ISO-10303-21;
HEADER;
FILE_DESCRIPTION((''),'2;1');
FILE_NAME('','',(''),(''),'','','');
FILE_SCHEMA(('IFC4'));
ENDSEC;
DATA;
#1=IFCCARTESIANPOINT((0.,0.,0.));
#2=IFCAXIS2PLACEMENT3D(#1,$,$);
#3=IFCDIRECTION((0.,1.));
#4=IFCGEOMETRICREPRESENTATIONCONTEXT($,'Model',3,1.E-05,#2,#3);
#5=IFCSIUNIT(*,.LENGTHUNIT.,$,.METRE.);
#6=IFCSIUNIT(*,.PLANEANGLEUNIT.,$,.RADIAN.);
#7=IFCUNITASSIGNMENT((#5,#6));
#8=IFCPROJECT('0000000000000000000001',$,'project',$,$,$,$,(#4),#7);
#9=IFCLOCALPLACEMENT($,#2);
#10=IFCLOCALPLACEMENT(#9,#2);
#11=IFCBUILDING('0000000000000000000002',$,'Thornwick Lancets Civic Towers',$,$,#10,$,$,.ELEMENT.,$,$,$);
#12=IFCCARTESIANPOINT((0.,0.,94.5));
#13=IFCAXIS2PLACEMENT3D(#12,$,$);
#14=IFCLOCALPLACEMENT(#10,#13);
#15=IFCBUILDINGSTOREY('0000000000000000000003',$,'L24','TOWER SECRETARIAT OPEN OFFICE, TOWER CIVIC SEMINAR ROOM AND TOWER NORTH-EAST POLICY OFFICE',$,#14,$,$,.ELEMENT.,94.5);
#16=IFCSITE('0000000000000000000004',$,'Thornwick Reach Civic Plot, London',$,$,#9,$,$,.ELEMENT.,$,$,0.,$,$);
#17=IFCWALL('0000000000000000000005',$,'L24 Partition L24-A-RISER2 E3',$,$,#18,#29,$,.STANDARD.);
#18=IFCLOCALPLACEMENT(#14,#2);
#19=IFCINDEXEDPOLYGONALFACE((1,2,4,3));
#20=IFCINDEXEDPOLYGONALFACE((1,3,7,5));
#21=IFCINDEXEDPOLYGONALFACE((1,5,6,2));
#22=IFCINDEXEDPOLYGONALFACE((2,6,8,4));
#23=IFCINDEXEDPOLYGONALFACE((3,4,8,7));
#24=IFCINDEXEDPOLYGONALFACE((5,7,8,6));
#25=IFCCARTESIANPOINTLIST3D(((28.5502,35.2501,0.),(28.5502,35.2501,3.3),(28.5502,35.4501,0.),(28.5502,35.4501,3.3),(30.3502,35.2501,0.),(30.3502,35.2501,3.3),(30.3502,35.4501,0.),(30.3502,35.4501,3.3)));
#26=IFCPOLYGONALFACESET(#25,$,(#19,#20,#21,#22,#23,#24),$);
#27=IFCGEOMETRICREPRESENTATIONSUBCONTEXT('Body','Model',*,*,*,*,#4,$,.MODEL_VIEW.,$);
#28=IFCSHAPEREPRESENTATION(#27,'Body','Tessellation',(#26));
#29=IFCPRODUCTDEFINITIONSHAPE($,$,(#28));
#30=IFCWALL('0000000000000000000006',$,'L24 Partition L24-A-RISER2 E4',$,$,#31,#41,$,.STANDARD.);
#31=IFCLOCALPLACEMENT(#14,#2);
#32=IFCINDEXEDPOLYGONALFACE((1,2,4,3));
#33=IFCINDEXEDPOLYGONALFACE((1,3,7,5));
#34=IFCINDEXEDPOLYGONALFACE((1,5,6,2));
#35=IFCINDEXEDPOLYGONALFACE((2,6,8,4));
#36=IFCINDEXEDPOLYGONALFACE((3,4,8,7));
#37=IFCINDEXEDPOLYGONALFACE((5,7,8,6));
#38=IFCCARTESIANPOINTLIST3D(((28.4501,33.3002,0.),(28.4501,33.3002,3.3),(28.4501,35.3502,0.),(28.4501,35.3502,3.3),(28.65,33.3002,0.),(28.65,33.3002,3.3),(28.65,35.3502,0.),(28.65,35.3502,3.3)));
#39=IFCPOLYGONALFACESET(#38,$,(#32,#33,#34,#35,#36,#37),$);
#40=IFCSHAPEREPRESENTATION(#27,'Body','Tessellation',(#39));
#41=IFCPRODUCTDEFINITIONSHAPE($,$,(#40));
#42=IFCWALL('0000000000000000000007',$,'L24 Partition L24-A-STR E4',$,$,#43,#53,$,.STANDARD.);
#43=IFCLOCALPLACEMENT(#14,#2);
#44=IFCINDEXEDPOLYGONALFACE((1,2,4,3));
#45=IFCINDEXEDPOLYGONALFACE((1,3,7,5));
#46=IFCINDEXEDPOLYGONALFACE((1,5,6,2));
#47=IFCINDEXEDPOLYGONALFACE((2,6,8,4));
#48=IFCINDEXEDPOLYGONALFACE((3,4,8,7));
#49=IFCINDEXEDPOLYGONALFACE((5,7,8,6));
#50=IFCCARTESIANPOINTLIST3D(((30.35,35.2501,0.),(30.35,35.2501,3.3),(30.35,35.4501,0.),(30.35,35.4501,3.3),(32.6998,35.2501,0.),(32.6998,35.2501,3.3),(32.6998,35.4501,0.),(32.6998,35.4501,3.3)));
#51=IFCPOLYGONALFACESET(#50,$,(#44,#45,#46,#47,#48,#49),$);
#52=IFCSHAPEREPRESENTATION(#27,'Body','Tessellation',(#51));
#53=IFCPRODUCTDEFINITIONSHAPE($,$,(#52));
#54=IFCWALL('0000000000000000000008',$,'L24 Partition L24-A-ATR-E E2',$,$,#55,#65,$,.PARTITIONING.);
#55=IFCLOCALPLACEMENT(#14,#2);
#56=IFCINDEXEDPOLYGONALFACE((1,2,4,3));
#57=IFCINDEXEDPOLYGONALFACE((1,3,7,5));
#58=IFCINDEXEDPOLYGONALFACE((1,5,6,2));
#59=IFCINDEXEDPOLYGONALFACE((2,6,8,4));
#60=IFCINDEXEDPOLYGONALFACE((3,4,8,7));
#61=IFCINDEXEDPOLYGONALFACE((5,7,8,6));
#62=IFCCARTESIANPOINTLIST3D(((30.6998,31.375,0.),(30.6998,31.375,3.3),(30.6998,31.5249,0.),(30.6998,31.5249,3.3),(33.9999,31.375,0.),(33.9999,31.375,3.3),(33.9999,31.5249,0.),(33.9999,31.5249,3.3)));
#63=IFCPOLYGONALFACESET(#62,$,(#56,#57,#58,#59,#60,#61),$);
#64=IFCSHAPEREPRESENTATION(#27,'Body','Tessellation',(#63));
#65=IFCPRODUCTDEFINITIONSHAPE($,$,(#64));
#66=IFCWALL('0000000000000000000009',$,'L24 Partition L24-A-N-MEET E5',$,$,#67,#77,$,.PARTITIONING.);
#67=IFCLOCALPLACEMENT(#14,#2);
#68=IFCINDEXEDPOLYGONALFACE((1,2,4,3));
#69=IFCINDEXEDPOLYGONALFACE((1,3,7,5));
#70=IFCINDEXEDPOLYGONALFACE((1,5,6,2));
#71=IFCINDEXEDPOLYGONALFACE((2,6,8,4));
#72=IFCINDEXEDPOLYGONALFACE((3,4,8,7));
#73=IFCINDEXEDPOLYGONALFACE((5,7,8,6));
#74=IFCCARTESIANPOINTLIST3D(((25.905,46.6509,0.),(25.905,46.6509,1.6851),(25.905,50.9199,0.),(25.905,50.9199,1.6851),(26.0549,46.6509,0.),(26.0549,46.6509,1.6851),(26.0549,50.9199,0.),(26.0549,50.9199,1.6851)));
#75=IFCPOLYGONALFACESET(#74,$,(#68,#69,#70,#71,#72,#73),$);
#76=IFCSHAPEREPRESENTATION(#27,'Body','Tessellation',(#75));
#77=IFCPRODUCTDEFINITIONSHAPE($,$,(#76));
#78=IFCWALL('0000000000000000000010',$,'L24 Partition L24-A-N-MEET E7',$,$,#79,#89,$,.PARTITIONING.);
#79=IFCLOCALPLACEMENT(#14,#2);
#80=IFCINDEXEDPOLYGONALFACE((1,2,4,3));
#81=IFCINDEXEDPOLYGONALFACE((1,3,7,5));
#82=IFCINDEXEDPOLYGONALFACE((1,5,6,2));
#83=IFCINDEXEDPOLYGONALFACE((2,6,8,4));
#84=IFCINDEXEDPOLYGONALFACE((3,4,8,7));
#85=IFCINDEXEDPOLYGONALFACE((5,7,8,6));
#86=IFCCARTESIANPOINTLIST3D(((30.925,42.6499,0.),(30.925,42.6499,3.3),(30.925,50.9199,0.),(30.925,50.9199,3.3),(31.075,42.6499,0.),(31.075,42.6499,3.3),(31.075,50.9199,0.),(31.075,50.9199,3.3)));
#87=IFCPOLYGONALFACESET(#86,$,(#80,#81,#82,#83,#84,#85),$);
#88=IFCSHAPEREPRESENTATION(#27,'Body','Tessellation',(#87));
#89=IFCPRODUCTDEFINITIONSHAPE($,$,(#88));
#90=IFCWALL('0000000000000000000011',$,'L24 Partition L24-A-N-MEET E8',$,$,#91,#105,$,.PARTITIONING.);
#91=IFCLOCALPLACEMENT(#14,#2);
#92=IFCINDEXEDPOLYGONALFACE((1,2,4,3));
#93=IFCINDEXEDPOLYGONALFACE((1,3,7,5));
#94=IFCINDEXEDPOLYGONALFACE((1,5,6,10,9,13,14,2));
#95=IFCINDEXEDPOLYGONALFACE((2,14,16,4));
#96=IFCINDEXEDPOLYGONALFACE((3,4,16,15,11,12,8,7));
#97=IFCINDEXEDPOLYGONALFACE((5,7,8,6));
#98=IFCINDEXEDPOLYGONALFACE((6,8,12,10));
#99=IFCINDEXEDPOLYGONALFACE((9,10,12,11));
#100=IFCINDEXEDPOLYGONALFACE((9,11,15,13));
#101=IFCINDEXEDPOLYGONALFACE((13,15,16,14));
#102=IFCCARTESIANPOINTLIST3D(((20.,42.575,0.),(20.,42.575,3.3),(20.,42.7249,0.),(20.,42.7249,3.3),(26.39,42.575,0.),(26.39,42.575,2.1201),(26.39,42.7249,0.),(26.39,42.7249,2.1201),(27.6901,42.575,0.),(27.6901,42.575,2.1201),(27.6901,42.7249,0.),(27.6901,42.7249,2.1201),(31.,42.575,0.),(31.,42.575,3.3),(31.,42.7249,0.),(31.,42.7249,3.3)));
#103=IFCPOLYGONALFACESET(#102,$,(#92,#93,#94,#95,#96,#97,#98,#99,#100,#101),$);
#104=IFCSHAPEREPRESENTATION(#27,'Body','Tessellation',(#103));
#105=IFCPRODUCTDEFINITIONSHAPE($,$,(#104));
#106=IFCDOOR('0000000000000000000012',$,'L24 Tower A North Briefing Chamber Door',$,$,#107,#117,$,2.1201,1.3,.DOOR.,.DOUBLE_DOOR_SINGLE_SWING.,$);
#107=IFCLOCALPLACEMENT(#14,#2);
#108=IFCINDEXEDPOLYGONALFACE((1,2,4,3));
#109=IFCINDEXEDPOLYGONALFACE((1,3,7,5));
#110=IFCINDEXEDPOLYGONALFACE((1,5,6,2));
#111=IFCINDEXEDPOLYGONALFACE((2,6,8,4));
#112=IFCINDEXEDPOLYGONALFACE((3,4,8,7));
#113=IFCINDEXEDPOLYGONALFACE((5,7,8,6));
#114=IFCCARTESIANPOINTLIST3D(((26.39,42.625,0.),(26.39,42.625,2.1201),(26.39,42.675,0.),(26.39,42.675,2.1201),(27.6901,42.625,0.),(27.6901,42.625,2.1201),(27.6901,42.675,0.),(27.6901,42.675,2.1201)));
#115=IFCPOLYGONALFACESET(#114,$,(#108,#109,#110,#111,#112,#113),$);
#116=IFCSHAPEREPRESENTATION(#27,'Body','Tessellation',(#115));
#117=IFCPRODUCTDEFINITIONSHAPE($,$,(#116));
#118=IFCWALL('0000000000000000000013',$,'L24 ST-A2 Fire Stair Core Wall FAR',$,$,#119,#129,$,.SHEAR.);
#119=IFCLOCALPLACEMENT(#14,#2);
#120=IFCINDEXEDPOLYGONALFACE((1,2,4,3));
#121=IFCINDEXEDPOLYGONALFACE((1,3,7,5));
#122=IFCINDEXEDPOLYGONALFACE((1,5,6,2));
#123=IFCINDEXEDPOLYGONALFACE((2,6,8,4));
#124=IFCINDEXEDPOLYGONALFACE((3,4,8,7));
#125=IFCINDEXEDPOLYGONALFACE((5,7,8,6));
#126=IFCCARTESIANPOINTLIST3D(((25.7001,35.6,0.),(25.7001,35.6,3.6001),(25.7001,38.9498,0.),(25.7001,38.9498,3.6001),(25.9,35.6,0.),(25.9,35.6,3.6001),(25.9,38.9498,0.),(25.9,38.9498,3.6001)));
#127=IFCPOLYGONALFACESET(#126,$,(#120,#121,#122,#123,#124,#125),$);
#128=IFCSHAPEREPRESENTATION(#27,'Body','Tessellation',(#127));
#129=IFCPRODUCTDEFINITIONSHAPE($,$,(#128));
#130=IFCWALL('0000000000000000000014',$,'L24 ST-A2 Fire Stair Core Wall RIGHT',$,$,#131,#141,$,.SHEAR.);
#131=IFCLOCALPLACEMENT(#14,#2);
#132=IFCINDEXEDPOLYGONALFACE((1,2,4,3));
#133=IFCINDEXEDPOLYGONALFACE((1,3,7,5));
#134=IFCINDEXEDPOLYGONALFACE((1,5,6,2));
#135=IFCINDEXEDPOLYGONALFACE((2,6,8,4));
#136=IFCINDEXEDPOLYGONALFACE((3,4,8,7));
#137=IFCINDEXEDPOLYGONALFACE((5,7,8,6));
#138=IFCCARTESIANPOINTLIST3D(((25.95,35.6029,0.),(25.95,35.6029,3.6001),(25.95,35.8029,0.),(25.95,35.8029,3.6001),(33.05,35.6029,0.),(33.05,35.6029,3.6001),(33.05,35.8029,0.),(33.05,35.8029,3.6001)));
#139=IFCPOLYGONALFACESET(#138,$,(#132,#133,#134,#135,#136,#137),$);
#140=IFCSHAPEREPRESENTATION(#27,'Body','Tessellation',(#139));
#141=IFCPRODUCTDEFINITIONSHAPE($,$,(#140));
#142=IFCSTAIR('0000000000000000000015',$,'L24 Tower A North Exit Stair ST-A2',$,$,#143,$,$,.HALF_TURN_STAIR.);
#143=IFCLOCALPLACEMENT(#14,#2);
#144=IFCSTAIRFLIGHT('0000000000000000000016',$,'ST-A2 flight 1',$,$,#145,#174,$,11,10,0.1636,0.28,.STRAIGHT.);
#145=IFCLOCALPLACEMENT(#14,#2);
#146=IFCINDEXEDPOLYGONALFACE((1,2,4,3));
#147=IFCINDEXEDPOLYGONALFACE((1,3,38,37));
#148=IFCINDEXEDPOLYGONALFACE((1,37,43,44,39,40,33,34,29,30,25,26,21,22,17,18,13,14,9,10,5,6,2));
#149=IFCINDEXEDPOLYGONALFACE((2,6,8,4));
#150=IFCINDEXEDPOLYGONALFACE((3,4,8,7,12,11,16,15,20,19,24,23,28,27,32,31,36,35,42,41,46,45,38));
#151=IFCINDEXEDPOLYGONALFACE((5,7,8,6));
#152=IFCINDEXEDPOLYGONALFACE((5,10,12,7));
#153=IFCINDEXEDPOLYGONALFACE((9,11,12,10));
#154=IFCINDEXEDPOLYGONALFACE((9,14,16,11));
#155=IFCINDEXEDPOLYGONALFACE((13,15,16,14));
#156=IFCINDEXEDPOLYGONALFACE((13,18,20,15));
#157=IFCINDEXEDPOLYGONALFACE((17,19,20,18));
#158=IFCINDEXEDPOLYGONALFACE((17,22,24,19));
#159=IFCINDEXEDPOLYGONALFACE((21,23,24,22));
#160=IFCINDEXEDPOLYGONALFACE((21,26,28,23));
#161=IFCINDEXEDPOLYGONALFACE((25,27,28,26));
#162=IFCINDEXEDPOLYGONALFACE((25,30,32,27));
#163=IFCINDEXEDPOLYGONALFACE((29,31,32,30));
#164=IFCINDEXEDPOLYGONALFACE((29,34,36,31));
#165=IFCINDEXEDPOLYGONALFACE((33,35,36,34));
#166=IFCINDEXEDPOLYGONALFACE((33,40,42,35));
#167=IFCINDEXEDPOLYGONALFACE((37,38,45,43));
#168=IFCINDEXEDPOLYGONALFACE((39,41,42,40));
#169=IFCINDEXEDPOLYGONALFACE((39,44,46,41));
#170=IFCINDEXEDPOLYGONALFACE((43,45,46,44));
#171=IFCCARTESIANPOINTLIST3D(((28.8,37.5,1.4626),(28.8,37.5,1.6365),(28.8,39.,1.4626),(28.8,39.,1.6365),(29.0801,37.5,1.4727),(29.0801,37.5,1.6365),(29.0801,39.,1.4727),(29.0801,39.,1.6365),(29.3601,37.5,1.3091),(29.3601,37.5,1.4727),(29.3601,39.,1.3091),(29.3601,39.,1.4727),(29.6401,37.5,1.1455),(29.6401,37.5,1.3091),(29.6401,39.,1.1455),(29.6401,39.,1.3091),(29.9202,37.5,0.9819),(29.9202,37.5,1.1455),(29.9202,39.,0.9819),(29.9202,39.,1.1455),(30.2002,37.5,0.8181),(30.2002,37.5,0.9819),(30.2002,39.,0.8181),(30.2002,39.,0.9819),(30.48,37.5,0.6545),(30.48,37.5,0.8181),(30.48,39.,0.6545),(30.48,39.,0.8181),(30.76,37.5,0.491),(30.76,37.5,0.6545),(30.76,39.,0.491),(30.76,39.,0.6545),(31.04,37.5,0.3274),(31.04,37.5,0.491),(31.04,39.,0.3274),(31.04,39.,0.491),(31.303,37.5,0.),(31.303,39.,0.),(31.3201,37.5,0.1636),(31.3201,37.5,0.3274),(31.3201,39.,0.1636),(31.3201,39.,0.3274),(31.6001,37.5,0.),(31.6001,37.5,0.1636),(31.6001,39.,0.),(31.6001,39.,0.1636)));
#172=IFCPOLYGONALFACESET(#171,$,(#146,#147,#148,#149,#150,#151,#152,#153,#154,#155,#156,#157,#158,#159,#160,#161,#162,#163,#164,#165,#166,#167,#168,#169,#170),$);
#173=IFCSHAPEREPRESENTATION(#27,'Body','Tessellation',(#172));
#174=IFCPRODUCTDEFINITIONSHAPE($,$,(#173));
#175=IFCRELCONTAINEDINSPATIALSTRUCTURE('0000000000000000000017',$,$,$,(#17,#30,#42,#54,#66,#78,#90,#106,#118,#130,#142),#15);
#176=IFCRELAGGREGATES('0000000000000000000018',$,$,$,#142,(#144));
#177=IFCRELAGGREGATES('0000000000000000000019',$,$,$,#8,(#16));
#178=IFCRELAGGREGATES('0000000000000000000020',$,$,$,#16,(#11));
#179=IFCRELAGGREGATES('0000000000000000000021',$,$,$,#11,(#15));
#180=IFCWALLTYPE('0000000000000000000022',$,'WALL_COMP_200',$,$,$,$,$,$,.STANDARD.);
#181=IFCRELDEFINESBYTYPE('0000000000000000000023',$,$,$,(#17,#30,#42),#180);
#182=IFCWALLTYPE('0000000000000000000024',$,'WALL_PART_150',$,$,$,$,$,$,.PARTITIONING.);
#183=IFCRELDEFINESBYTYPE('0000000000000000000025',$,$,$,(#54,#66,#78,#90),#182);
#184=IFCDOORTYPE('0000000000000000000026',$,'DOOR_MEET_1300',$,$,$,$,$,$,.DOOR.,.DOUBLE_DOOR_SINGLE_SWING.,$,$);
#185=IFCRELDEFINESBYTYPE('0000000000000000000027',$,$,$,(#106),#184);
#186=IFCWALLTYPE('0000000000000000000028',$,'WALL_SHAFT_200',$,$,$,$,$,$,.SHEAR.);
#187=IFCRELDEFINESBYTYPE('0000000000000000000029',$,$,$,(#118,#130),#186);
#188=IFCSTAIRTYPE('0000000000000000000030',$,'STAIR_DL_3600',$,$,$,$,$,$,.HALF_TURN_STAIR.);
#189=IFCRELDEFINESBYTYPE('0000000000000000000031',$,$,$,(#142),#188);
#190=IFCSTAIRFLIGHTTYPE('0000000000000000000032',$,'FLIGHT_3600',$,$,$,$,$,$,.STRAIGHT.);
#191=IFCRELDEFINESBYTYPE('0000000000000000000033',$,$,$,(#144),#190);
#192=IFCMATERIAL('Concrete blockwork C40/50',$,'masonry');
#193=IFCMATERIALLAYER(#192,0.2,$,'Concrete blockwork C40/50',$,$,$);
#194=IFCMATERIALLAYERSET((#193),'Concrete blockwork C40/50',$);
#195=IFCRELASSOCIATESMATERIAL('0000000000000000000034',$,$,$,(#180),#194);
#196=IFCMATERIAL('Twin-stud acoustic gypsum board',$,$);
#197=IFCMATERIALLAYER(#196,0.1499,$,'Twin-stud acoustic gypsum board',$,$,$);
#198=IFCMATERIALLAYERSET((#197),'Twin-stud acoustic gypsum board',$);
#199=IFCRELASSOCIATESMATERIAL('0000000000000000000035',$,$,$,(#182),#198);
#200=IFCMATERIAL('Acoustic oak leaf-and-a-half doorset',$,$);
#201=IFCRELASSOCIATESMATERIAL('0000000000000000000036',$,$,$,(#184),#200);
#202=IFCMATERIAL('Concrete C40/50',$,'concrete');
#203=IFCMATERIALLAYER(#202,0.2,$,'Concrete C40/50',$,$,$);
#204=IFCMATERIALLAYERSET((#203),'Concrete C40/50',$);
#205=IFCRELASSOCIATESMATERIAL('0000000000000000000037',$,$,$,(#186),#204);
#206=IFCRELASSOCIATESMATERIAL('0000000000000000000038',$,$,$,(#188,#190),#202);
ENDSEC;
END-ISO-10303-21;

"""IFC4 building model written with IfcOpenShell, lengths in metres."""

from ifc_helpers import new_model, si_unit, direction, frame, frame_2d, origin, place, context, subcontext, project, spatial, polyline, rectangle, outline, extrude, material, layer, layer_set, type_object, element, fill, aggregate, save


model = new_model("IFC4")

# Units and contexts
model_context = context("Model", 3, precision=1e-05, world=origin(), true_north=direction((0.0, 1.0)))
body_context = subcontext(model_context, "Body", "Model", "MODEL_VIEW")
ifc_project = project(units=[si_unit("LENGTHUNIT", "METRE"), si_unit("PLANEANGLEUNIT", "RADIAN")], contexts=[model_context])

# Site, building, storey
site_placement = place(None, origin())
site = spatial("IfcSite", under=ifc_project, at=site_placement, Name="Thornwick Reach Civic Plot, London", CompositionType="ELEMENT", RefElevation=0.0)
building_placement = place(site_placement, origin())
building = spatial("IfcBuilding", under=site, at=building_placement, Name="Thornwick Lancets Civic Towers", CompositionType="ELEMENT")
storey_placement = place(building_placement, frame((0.0, 0.0, 94.5)))
storey = spatial("IfcBuildingStorey", under=building, at=storey_placement, Name="L24", Description="TOWER SECRETARIAT OPEN OFFICE, TOWER CIVIC SEMINAR ROOM AND TOWER NORTH-EAST POLICY OFFICE", CompositionType="ELEMENT", Elevation=94.5)

# Shared definitions
ifc_material_1 = material(Name="Concrete C40/50", Category="concrete")

# Shared definitions
ifc_material_2 = material(Name="Concrete blockwork C40/50", Category="masonry")
ifc_layer_1 = layer(ifc_material_2, 0.2, Name="Concrete blockwork C40/50")
ifc_layer_set_1 = layer_set([ifc_layer_1], Name="Concrete blockwork C40/50")
wall_type_1 = type_object("IfcWallType", Name="WALL_COMP_200", PredefinedType="STANDARD", material=ifc_layer_set_1)

# Walls
wall_1_placement = place(storey_placement, frame((30.3501, 35.3501, 0.0), z_axis=(0.0, 0.0, 1.0), x_axis=(-1.0, 0.0, 0.0)))
element("IfcWall", 1, at=wall_1_placement, inside=storey, type_object=wall_type_1, Name="L24 Partition L24-A-RISER2 E3", PredefinedType="STANDARD", context=body_context, shape_type="SweptSolid", body=[
    extrude(rectangle(XDim=1.8, YDim=0.2, at=frame_2d((0.8999, 0.0))), origin(), (0.0, 0.0, 1.0), 3.3),
])
wall_2_placement = place(storey_placement, frame((28.55, 35.3501, 0.0), z_axis=(0.0, 0.0, 1.0), x_axis=(0.0, -1.0, 0.0)))
element("IfcWall", 2, at=wall_2_placement, inside=storey, type_object=wall_type_1, Name="L24 Partition L24-A-RISER2 E4", PredefinedType="STANDARD", context=body_context, shape_type="SweptSolid", body=[
    extrude(rectangle(XDim=2.05, YDim=0.2, at=frame_2d((1.0249, 0.0))), origin(), (0.0, 0.0, 1.0), 3.3),
])
wall_3_placement = place(storey_placement, frame((30.3501, 35.3501, 0.0), z_axis=(0.0, 0.0, 1.0), x_axis=(1.0, 0.0, 0.0)))
element("IfcWall", 3, at=wall_3_placement, inside=storey, type_object=wall_type_1, Name="L24 Partition L24-A-STR E4", PredefinedType="STANDARD", context=body_context, shape_type="SweptSolid", body=[
    extrude(rectangle(XDim=2.3499, YDim=0.2, at=frame_2d((1.1748, 0.0))), origin(), (0.0, 0.0, 1.0), 3.3),
])
ifc_material_3 = material(Name="Twin-stud acoustic gypsum board")
ifc_layer_2 = layer(ifc_material_3, 0.1499, Name="Twin-stud acoustic gypsum board")
ifc_layer_set_2 = layer_set([ifc_layer_2], Name="Twin-stud acoustic gypsum board")
wall_type_2 = type_object("IfcWallType", Name="WALL_PART_150", PredefinedType="PARTITIONING", material=ifc_layer_set_2)
wall_4_placement = place(storey_placement, frame((30.7, 31.45, 0.0), z_axis=(0.0, 0.0, 1.0), x_axis=(1.0, 0.0, 0.0)))
element("IfcWall", 4, at=wall_4_placement, inside=storey, type_object=wall_type_2, Name="L24 Partition L24-A-ATR-E E2", PredefinedType="PARTITIONING", context=body_context, shape_type="SweptSolid", body=[
    extrude(rectangle(XDim=3.3, YDim=0.1499, at=frame_2d((1.6499, 0.0))), origin(), (0.0, 0.0, 1.0), 3.3),
])
wall_5_placement = place(storey_placement, frame((25.98, 46.6509, 0.0), z_axis=(0.0, 0.0, 1.0), x_axis=(0.0, 1.0, 0.0)))
element("IfcWall", 5, at=wall_5_placement, inside=storey, type_object=wall_type_2, Name="L24 Partition L24-A-N-MEET E5", PredefinedType="PARTITIONING", context=body_context, shape_type="SweptSolid", body=[
    extrude(rectangle(XDim=4.269, YDim=0.1499, at=frame_2d((2.1345, 0.0))), origin(), (0.0, 0.0, 1.0), 1.6851),
])
wall_6_placement = place(storey_placement, frame((31.0, 50.9199, 0.0), z_axis=(0.0, 0.0, 1.0), x_axis=(0.0, -1.0, 0.0)))
element("IfcWall", 6, at=wall_6_placement, inside=storey, type_object=wall_type_2, Name="L24 Partition L24-A-N-MEET E7", PredefinedType="PARTITIONING", context=body_context, shape_type="SweptSolid", body=[
    extrude(rectangle(XDim=8.27, YDim=0.1499, at=frame_2d((4.135, 0.0))), origin(), (0.0, 0.0, 1.0), 3.3),
])

# Wall, opening, door
wall_7_placement = place(storey_placement, frame((31.0, 42.6499, 0.0), z_axis=(0.0, 0.0, 1.0), x_axis=(-1.0, 0.0, 0.0)))
wall_7 = element("IfcWall", 7, at=wall_7_placement, inside=storey, type_object=wall_type_2, Name="L24 Partition L24-A-N-MEET E8", PredefinedType="PARTITIONING", context=body_context, shape_type="SweptSolid", body=[
    extrude(rectangle(XDim=11.0, YDim=0.1499, at=frame_2d((5.5, 0.0))), origin(), (0.0, 0.0, 1.0), 3.3),
])
opening_1_placement = place(wall_7_placement, frame((3.3101, 0.0, 0.0)))
opening_1 = element("IfcOpeningElement", 8, at=opening_1_placement, cuts=wall_7, PredefinedType="OPENING", context=body_context, shape_type="SweptSolid", body=[
    extrude(rectangle(XDim=1.3, YDim=2.1201, at=frame_2d((0.6499, 1.0601))), frame((0.0, 0.085, 0.0), z_axis=(0.0, -1.0, 0.0), x_axis=(1.0, 0.0, 0.0)), (0.0, 0.0, 1.0), 0.1699),
])
ifc_material_4 = material(Name="Acoustic oak leaf-and-a-half doorset")
door_type_1 = type_object("IfcDoorType", Name="DOOR_MEET_1300", OperationType="DOUBLE_DOOR_SINGLE_SWING", PredefinedType="DOOR", material=ifc_material_4)
door_1_placement = place(opening_1_placement, origin())
door_1 = element("IfcDoor", 9, at=door_1_placement, inside=storey, type_object=door_type_1, Name="L24 Tower A North Briefing Chamber Door", OperationType="DOUBLE_DOOR_SINGLE_SWING", OverallHeight=2.1201, OverallWidth=1.3, PredefinedType="DOOR", context=body_context, shape_type="SweptSolid", body=[
    extrude(rectangle(XDim=1.3, YDim=2.1201, at=frame_2d((0.6499, 1.0601))), frame((0.0, 0.0249, 0.0), z_axis=(0.0, -1.0, 0.0), x_axis=(1.0, 0.0, 0.0)), (0.0, 0.0, 1.0), 0.05),
])
fill(opening_1, door_1)

# Walls
ifc_layer_3 = layer(ifc_material_1, 0.2, Name="Concrete C40/50")
ifc_layer_set_3 = layer_set([ifc_layer_3], Name="Concrete C40/50")
wall_type_3 = type_object("IfcWallType", Name="WALL_SHAFT_200", PredefinedType="SHEAR", material=ifc_layer_set_3)
wall_8_placement = place(storey_placement, frame((25.8, 35.6001, 0.0), z_axis=(0.0, 0.0, 1.0), x_axis=(0.0, 1.0, 0.0)))
element("IfcWall", 10, at=wall_8_placement, inside=storey, type_object=wall_type_3, Name="L24 ST-A2 Fire Stair Core Wall FAR", PredefinedType="SHEAR", context=body_context, shape_type="SweptSolid", body=[
    extrude(rectangle(XDim=3.3499, YDim=0.2, at=frame_2d((1.6748, 0.0))), origin(), (0.0, 0.0, 1.0), 3.6001),
])
wall_9_placement = place(storey_placement, frame((25.95, 35.7029, 0.0), z_axis=(0.0, 0.0, 1.0), x_axis=(1.0, 0.0, 0.0)))
element("IfcWall", 11, at=wall_9_placement, inside=storey, type_object=wall_type_3, Name="L24 ST-A2 Fire Stair Core Wall RIGHT", PredefinedType="SHEAR", context=body_context, shape_type="SweptSolid", body=[
    extrude(rectangle(XDim=7.1001, YDim=0.2, at=frame_2d((3.55, 0.0))), origin(), (0.0, 0.0, 1.0), 3.6001),
])

# Stair, stair flight
stair_type = type_object("IfcStairType", Name="STAIR_DL_3600", PredefinedType="HALF_TURN_STAIR", material=ifc_material_1)
stair_placement = place(storey_placement, origin())
stair = element("IfcStair", 12, at=stair_placement, inside=storey, type_object=stair_type, Name="L24 Tower A North Exit Stair ST-A2", PredefinedType="HALF_TURN_STAIR")
stair_flight_type = type_object("IfcStairFlightType", Name="FLIGHT_3600", PredefinedType="STRAIGHT", material=ifc_material_1)
stair_flight_1_placement = place(storey_placement, frame((31.6001, 38.25, 0.0), z_axis=(0.0, 0.0, 1.0), x_axis=(-1.0, 0.0, 0.0)))
stair_flight_1 = element("IfcStairFlight", 13, at=stair_flight_1_placement, type_object=stair_flight_type, Name="ST-A2 flight 1", NumberOfRisers=11, NumberOfTreads=10, PredefinedType="STRAIGHT", RiserHeight=0.1636, TreadLength=0.28, context=body_context, shape_type="SweptSolid", body=[
    extrude(outline(polyline([(0.0, 0.0), (0.0, 0.1636), (0.28, 0.1636), (0.28, 0.3274), (0.5601, 0.3274), (0.5601, 0.491), (0.8401, 0.491), (0.8401, 0.6545), (1.1201, 0.6545), (1.1201, 0.8181), (1.3999, 0.8181), (1.3999, 0.9819), (1.6799, 0.9819), (1.6799, 1.1455), (1.96, 1.1455), (1.96, 1.3091), (2.24, 1.3091), (2.24, 1.4727), (2.52, 1.4727), (2.52, 1.6365), (2.8, 1.6365), (2.8, 1.8), (2.8, 1.4626), (0.2971, 0.0), (0.0, 0.0)])), frame((0.0, 0.75, 0.0), z_axis=(0.0, -1.0, 0.0), x_axis=(1.0, 0.0, 0.0)), (0.0, 0.0, 1.0), 1.5),
])
aggregate(stair, [stair_flight_1])

save(model, "model.ifc")
